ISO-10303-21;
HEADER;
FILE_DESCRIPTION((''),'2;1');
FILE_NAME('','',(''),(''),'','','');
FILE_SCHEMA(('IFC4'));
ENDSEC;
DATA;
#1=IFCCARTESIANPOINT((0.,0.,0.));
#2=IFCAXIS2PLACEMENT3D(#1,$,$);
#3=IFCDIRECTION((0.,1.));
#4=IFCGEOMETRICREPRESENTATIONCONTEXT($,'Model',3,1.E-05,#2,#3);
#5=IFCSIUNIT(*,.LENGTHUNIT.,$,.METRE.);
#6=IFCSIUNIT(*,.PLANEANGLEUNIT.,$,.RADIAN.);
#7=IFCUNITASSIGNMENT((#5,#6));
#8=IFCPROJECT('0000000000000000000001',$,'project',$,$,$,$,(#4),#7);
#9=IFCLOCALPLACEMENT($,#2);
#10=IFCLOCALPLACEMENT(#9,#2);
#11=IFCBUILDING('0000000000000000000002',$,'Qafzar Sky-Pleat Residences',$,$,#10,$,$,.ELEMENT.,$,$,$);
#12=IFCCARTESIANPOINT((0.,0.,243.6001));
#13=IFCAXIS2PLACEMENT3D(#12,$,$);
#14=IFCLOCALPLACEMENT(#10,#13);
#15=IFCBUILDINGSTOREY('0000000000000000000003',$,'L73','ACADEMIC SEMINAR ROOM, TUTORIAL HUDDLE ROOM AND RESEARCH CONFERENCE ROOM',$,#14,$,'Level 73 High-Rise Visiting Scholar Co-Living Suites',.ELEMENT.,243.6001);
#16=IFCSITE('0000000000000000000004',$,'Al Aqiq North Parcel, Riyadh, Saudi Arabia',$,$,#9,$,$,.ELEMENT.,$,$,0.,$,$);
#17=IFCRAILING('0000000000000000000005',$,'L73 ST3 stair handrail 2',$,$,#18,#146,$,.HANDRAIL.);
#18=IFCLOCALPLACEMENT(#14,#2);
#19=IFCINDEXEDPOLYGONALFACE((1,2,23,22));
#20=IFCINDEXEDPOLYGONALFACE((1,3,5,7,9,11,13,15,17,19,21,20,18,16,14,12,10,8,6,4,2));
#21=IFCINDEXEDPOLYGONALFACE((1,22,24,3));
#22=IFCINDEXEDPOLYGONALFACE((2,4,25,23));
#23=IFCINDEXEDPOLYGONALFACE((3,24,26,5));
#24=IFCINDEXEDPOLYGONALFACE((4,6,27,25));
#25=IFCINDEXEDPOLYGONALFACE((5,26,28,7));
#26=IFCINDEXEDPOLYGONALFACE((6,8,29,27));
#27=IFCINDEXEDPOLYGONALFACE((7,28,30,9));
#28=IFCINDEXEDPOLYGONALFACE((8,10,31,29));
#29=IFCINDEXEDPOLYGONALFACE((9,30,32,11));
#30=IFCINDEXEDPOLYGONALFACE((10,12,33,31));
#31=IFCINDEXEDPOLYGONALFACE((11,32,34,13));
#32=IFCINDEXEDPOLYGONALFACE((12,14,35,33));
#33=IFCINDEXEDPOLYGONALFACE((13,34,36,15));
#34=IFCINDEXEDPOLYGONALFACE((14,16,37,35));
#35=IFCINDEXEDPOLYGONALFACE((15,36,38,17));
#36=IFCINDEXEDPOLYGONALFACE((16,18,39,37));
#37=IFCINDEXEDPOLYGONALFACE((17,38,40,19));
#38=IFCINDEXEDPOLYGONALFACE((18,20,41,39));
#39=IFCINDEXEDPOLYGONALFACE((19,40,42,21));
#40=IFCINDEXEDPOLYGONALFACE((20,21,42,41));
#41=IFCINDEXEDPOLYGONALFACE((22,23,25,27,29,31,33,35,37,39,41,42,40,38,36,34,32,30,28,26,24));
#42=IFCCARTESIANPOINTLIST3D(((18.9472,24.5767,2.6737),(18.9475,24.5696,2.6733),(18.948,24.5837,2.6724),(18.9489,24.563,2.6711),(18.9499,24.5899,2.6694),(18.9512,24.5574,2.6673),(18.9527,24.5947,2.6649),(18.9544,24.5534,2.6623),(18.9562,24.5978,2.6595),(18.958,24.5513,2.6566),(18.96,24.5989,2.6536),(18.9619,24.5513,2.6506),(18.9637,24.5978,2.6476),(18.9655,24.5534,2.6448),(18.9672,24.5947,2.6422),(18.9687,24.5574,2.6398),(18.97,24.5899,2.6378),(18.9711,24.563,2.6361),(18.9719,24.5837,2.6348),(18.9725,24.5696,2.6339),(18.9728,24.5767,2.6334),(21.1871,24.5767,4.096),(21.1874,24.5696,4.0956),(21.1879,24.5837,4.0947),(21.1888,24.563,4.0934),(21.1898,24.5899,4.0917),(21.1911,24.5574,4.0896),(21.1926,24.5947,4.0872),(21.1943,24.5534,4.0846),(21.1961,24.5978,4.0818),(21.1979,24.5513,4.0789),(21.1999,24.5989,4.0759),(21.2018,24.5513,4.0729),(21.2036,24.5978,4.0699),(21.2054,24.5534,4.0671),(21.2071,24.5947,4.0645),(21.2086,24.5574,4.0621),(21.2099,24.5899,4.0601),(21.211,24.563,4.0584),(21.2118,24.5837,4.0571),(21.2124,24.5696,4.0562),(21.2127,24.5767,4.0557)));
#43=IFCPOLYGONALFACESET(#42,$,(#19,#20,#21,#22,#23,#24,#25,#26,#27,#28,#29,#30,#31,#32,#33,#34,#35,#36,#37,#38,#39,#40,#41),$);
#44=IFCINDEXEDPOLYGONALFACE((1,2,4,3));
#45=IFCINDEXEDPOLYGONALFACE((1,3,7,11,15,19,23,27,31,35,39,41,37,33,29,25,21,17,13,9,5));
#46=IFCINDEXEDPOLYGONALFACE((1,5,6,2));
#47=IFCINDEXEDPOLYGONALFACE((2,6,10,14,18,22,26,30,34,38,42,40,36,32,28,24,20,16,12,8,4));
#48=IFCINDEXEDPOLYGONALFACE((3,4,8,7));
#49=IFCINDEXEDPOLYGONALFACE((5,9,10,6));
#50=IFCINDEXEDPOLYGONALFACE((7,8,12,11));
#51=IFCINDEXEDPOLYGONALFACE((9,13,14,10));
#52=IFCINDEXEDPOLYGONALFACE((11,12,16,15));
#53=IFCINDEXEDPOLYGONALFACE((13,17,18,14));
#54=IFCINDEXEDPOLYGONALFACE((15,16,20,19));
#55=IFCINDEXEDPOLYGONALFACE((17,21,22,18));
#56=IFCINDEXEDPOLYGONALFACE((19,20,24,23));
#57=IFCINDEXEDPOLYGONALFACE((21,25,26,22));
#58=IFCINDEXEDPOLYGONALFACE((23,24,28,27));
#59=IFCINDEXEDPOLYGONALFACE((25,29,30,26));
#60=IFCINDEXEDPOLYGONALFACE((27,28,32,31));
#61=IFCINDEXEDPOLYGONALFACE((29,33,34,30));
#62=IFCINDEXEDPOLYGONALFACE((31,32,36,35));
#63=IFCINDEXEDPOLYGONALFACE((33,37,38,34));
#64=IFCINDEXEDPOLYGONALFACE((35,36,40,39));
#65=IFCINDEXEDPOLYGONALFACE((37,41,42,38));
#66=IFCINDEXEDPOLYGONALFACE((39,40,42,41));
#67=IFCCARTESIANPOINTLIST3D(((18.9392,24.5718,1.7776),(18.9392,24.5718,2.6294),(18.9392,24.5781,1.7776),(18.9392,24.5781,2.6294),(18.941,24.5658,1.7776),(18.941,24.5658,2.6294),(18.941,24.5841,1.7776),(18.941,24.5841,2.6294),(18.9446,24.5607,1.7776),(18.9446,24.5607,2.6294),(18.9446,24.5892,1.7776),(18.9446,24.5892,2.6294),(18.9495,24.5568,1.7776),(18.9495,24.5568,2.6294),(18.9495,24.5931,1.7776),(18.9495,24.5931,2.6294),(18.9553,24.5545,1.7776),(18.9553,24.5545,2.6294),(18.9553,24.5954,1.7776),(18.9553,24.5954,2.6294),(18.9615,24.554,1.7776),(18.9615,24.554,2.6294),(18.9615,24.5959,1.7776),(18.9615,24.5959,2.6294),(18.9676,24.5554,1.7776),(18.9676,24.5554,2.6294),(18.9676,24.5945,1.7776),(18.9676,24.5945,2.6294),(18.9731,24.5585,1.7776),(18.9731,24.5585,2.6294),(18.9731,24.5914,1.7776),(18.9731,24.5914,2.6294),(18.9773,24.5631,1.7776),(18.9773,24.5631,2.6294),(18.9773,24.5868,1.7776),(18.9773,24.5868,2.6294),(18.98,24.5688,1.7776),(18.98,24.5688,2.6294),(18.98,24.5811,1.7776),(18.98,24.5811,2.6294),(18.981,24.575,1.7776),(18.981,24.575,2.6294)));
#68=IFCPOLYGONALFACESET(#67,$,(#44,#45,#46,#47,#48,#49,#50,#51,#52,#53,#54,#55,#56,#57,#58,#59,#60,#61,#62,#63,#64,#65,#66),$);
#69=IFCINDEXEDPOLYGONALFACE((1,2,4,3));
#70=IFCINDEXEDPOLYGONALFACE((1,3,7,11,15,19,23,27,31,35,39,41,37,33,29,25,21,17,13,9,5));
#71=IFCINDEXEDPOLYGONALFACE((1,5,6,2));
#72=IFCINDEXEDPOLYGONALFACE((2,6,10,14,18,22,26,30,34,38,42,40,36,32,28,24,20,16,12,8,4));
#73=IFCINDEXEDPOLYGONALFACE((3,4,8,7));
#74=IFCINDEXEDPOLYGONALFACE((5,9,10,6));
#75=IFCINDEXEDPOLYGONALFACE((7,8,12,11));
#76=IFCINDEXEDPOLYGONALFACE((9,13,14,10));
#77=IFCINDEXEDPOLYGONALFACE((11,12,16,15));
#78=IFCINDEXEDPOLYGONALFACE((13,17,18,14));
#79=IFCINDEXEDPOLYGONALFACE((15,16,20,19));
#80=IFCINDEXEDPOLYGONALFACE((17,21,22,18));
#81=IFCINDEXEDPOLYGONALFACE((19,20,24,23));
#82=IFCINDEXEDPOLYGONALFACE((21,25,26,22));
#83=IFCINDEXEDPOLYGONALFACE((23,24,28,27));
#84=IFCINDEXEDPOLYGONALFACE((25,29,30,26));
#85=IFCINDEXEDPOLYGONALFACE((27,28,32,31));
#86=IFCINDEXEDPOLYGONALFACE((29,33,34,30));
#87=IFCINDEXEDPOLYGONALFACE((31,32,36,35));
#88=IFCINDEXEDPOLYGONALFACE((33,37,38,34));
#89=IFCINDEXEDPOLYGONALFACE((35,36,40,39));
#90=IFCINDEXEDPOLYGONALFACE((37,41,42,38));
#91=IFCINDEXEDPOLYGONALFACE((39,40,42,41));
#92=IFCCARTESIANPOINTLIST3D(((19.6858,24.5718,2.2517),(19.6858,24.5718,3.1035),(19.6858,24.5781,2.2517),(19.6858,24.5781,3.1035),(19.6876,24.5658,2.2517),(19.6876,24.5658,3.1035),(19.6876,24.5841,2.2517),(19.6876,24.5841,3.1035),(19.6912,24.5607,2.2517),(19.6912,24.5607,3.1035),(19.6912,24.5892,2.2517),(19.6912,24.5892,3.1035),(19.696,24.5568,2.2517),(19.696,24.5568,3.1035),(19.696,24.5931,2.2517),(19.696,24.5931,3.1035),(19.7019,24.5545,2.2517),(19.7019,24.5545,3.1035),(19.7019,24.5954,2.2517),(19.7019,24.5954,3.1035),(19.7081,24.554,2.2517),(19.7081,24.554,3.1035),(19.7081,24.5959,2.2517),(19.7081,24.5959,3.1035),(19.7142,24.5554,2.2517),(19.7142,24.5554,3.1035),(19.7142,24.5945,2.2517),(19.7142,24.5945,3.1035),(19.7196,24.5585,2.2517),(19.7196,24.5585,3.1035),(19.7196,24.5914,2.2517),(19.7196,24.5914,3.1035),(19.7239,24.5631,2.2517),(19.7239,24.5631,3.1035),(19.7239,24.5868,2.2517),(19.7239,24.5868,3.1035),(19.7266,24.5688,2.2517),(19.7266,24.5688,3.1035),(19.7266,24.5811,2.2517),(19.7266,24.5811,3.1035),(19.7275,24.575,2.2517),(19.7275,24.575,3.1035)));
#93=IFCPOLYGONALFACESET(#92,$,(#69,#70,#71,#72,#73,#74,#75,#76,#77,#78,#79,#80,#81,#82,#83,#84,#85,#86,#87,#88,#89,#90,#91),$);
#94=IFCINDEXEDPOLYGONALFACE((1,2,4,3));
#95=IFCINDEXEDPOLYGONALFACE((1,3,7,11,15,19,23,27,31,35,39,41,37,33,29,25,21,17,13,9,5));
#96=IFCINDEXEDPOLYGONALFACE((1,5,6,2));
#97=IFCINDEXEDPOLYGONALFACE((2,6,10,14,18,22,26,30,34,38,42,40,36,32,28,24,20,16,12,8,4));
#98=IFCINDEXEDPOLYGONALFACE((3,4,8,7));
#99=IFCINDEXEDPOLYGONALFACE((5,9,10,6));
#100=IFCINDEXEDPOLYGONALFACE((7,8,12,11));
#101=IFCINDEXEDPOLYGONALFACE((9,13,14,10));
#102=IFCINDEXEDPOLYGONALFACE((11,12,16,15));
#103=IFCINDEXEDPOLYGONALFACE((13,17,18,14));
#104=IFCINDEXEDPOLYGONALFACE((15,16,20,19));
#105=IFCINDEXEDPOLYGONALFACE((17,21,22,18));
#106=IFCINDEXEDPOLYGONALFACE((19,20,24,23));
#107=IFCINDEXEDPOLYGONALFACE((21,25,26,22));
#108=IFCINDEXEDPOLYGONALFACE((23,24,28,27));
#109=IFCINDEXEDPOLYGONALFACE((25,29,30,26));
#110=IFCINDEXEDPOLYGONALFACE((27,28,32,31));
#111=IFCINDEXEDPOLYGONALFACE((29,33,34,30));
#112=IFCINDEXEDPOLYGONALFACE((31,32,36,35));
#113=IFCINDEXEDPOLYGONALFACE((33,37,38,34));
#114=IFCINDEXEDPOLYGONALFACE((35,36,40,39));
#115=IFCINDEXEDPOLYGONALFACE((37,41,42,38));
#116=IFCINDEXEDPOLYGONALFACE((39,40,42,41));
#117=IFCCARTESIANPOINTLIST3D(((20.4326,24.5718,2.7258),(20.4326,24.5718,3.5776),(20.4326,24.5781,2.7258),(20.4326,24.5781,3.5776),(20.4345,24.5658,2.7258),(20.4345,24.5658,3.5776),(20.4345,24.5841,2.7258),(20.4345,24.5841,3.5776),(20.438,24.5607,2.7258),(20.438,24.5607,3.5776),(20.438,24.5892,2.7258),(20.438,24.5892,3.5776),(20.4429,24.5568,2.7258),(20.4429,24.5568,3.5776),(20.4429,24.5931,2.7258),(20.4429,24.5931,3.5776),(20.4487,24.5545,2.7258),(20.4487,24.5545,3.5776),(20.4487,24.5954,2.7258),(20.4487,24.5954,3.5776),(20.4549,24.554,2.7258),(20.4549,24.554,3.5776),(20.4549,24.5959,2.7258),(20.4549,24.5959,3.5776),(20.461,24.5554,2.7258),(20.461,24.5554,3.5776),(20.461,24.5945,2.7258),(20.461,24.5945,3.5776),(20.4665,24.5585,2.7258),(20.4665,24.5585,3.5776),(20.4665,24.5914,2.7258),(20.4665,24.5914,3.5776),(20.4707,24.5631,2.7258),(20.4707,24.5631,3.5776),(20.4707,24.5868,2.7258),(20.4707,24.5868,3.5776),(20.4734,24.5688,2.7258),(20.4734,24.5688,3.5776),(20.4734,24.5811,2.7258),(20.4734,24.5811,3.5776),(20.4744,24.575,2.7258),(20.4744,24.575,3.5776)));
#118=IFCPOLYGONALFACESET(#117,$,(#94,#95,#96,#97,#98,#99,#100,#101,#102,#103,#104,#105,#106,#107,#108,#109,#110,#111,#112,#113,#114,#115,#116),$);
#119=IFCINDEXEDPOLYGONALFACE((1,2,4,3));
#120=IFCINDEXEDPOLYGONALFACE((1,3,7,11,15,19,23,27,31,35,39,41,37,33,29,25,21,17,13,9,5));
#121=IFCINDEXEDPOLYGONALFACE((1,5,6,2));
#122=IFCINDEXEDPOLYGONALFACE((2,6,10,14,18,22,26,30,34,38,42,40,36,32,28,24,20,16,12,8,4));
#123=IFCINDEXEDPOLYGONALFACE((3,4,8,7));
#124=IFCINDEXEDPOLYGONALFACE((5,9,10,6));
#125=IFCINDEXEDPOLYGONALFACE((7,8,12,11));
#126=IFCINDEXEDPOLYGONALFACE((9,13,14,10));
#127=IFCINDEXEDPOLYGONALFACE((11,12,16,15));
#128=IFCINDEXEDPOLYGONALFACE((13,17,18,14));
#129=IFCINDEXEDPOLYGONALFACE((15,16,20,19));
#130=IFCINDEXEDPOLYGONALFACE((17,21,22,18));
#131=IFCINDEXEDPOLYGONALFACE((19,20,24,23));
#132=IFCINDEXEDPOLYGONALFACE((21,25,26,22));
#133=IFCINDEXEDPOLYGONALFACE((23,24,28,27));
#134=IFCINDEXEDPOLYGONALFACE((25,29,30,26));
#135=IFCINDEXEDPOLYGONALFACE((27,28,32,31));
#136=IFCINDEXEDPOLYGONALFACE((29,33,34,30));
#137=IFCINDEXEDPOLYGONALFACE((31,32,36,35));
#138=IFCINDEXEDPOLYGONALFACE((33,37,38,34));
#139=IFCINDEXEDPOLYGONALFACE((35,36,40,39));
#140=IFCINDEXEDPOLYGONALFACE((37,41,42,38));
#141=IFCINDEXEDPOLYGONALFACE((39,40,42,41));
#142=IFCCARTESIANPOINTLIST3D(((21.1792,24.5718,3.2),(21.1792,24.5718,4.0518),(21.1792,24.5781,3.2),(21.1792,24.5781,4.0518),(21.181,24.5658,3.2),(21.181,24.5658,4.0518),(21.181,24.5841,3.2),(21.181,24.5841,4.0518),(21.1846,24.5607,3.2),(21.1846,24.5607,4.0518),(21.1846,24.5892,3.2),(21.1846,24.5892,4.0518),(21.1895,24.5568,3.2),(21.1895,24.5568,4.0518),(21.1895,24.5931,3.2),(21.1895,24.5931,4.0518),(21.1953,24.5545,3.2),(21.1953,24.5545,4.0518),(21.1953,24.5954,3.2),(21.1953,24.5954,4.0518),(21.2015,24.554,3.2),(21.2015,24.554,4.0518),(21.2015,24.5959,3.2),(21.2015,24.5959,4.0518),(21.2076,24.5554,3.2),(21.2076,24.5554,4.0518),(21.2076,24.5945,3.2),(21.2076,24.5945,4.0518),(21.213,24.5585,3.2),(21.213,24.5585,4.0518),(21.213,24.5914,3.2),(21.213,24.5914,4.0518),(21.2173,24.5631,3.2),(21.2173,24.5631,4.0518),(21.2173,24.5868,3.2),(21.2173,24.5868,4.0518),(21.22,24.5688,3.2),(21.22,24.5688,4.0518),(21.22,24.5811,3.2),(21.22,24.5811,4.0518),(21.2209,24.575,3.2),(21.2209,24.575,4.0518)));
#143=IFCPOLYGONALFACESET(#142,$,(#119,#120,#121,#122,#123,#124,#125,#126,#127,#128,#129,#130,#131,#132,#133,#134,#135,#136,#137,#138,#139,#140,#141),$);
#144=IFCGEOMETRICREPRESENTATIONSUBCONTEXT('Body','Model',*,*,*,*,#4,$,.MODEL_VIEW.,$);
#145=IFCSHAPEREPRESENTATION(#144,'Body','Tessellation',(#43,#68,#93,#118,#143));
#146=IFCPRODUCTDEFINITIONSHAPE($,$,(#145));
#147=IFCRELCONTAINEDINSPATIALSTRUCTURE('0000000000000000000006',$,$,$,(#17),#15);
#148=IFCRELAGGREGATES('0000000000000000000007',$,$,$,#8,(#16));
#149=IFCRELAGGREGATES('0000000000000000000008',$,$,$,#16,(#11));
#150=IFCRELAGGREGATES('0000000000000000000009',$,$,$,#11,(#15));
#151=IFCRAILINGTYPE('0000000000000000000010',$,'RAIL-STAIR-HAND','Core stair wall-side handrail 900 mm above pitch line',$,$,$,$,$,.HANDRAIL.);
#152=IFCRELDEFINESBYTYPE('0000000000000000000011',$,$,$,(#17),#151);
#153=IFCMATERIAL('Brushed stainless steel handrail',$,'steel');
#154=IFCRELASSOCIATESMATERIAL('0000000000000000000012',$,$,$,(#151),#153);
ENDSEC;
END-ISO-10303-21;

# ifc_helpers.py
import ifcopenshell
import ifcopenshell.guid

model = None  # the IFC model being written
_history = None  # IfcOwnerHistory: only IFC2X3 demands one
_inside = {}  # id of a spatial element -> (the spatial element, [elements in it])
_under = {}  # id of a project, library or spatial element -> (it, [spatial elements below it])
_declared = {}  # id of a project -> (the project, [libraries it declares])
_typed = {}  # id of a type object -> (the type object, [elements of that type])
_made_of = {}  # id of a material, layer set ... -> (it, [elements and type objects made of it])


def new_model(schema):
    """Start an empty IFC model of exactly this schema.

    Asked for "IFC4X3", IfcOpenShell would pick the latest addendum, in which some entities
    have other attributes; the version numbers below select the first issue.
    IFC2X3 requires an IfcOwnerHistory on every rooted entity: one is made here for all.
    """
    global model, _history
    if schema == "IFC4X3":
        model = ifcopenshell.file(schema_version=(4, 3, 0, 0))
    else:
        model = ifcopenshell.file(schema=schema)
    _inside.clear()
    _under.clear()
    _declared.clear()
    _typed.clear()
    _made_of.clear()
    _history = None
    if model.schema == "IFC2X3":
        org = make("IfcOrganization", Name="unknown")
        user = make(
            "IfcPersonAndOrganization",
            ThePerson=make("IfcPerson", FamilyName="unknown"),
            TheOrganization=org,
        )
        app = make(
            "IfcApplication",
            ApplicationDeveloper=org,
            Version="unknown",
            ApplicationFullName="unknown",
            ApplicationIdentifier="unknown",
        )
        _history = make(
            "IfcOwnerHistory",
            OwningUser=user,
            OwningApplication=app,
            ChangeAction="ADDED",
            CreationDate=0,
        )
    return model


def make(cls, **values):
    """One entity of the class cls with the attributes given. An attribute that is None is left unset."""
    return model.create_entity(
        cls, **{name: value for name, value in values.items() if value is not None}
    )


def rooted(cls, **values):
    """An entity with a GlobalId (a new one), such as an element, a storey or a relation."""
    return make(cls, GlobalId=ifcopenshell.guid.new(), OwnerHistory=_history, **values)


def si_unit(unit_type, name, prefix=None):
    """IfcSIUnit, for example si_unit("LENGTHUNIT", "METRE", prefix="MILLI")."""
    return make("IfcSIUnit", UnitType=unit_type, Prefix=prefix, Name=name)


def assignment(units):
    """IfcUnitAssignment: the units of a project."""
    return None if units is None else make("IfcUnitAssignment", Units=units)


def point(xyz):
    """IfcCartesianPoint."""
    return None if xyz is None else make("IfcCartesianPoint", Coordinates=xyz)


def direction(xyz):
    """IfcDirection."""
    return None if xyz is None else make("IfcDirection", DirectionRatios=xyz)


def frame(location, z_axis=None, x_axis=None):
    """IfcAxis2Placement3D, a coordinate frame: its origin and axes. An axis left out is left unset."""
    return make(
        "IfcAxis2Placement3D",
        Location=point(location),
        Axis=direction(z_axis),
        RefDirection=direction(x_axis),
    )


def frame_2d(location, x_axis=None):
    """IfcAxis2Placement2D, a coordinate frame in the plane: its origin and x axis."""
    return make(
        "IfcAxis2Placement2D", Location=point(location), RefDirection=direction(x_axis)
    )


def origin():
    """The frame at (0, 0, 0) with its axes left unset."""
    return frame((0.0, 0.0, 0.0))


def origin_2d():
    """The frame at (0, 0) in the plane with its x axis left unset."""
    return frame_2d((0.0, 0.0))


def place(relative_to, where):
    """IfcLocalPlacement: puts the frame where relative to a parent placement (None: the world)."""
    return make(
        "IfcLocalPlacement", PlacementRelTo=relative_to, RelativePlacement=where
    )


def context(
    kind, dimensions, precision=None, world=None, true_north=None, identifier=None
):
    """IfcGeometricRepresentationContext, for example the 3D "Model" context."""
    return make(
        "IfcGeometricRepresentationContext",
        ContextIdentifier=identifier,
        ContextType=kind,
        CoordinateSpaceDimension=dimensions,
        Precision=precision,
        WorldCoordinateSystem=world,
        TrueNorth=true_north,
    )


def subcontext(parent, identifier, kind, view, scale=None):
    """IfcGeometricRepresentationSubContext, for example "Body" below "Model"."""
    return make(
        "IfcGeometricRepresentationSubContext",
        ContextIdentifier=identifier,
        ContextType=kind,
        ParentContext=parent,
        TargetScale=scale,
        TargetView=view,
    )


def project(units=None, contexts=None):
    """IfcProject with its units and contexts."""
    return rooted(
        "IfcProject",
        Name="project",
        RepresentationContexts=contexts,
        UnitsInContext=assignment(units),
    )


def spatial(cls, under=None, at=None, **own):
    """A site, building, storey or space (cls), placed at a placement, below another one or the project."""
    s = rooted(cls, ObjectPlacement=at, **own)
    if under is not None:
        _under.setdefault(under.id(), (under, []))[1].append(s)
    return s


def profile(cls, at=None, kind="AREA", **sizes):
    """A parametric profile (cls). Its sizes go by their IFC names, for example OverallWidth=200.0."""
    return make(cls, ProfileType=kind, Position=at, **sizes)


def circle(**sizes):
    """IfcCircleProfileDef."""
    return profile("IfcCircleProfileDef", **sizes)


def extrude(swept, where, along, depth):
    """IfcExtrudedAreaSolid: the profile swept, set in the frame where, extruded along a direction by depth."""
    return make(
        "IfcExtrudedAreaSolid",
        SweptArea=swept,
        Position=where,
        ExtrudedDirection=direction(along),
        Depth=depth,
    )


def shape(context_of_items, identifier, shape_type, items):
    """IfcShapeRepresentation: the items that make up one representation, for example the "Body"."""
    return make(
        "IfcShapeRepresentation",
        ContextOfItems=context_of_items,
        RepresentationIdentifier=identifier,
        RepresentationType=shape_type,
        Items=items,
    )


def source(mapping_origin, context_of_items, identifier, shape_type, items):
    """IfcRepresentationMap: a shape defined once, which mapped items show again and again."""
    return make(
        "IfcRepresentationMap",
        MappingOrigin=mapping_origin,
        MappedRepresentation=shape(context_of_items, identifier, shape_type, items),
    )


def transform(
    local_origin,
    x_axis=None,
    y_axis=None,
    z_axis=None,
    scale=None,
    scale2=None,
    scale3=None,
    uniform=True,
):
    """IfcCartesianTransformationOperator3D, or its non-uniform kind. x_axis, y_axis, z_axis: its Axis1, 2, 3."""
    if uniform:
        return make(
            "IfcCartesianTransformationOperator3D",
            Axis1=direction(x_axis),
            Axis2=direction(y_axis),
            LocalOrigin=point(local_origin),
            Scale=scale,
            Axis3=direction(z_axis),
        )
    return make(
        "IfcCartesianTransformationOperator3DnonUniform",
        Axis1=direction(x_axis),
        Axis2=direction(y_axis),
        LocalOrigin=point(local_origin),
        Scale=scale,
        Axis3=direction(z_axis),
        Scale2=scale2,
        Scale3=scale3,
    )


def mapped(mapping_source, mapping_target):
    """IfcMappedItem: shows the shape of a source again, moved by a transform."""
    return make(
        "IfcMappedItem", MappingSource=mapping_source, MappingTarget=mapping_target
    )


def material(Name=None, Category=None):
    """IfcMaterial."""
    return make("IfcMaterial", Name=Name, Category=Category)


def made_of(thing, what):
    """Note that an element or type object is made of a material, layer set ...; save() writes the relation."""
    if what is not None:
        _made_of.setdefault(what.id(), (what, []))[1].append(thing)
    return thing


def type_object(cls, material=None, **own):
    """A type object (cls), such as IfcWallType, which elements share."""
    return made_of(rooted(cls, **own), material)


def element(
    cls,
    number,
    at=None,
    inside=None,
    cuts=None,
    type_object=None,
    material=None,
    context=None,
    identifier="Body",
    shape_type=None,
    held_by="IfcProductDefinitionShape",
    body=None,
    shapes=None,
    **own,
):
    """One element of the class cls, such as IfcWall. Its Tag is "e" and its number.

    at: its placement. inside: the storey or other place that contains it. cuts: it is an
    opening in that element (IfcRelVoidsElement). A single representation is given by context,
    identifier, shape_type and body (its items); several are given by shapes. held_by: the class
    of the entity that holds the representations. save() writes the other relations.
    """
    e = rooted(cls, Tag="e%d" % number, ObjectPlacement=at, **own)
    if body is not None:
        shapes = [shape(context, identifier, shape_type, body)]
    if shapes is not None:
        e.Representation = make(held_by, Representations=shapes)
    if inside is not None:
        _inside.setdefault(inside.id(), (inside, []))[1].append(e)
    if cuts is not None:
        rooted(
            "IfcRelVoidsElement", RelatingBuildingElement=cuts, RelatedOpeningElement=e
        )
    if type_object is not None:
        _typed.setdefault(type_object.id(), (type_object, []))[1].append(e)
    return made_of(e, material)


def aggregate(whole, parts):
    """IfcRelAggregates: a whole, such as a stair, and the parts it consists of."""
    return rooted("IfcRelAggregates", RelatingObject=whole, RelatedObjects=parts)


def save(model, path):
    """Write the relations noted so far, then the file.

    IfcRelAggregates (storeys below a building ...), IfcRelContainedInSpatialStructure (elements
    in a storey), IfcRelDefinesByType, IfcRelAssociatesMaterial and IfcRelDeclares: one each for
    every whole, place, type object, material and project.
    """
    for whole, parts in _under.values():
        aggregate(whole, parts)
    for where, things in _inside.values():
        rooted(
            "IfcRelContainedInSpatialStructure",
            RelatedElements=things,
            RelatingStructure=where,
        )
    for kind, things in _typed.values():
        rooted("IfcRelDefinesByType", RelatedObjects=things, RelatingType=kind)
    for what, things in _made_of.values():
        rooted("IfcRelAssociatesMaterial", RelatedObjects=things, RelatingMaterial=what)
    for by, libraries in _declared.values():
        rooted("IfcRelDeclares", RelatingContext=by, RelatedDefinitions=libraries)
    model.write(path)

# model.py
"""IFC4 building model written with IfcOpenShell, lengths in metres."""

from ifc_helpers import new_model, si_unit, direction, frame, origin, origin_2d, place, context, subcontext, project, spatial, circle, extrude, source, transform, mapped, material, type_object, element, save


model = new_model("IFC4")

# Units and contexts
model_context = context("Model", 3, precision=1e-05, world=origin(), true_north=direction((0.0, 1.0)))
body_context = subcontext(model_context, "Body", "Model", "MODEL_VIEW")
ifc_project = project(units=[si_unit("LENGTHUNIT", "METRE"), si_unit("PLANEANGLEUNIT", "RADIAN")], contexts=[model_context])

# Site, building, storey
site_placement = place(None, origin())
site = spatial("IfcSite", under=ifc_project, at=site_placement, Name="Al Aqiq North Parcel, Riyadh, Saudi Arabia", CompositionType="ELEMENT", RefElevation=0.0)
building_placement = place(site_placement, origin())
building = spatial("IfcBuilding", under=site, at=building_placement, Name="Qafzar Sky-Pleat Residences", CompositionType="ELEMENT")
storey_placement = place(building_placement, frame((0.0, 0.0, 243.6001)))
storey = spatial("IfcBuildingStorey", under=building, at=storey_placement, Name="L73", Description="ACADEMIC SEMINAR ROOM, TUTORIAL HUDDLE ROOM AND RESEARCH CONFERENCE ROOM", LongName="Level 73 High-Rise Visiting Scholar Co-Living Suites", CompositionType="ELEMENT", Elevation=243.6001)

# Railing
ifc_material_1 = material(Name="Brushed stainless steel handrail", Category="steel")
railing_type_1 = type_object("IfcRailingType", Name="RAIL-STAIR-HAND", Description="Core stair wall-side handrail 900 mm above pitch line", PredefinedType="HANDRAIL", material=ifc_material_1)
shared_shape_1 = source(origin(), body_context, "Body", "SweptSolid", [
    extrude(circle(Radius=0.0239, at=origin_2d()), frame((0.0, 0.0, 0.876), z_axis=(0.844188, 0.0, 0.536048), x_axis=(0.0, 1.0, 0.0)), (0.0, 0.0, 1.0), 2.6533),
    extrude(circle(Radius=0.021, at=origin_2d()), origin(), (0.0, 0.0, 1.0), 0.8518),
    extrude(circle(Radius=0.021, at=origin_2d()), frame((0.7466, 0.0, 0.4741)), (0.0, 0.0, 1.0), 0.8518),
    extrude(circle(Radius=0.021, at=origin_2d()), frame((1.4934, 0.0, 0.9482)), (0.0, 0.0, 1.0), 0.8518),
    extrude(circle(Radius=0.021, at=origin_2d()), frame((2.24, 0.0, 1.4224)), (0.0, 0.0, 1.0), 0.8518),
])
railing_1_placement = place(storey_placement, frame((18.96, 24.575, 1.7776)))
element("IfcRailing", 1, at=railing_1_placement, inside=storey, type_object=railing_type_1, Name="L73 ST3 stair handrail 2", PredefinedType="HANDRAIL", context=body_context, shape_type="MappedRepresentation", body=[
    mapped(shared_shape_1, transform((0.0, 0.0, 0.0), x_axis=(1.0, 0.0, 0.0), y_axis=(0.0, 1.0, 0.0), z_axis=(0.0, 0.0, 1.0), scale=1.0)),
])

save(model, "model.ifc")
